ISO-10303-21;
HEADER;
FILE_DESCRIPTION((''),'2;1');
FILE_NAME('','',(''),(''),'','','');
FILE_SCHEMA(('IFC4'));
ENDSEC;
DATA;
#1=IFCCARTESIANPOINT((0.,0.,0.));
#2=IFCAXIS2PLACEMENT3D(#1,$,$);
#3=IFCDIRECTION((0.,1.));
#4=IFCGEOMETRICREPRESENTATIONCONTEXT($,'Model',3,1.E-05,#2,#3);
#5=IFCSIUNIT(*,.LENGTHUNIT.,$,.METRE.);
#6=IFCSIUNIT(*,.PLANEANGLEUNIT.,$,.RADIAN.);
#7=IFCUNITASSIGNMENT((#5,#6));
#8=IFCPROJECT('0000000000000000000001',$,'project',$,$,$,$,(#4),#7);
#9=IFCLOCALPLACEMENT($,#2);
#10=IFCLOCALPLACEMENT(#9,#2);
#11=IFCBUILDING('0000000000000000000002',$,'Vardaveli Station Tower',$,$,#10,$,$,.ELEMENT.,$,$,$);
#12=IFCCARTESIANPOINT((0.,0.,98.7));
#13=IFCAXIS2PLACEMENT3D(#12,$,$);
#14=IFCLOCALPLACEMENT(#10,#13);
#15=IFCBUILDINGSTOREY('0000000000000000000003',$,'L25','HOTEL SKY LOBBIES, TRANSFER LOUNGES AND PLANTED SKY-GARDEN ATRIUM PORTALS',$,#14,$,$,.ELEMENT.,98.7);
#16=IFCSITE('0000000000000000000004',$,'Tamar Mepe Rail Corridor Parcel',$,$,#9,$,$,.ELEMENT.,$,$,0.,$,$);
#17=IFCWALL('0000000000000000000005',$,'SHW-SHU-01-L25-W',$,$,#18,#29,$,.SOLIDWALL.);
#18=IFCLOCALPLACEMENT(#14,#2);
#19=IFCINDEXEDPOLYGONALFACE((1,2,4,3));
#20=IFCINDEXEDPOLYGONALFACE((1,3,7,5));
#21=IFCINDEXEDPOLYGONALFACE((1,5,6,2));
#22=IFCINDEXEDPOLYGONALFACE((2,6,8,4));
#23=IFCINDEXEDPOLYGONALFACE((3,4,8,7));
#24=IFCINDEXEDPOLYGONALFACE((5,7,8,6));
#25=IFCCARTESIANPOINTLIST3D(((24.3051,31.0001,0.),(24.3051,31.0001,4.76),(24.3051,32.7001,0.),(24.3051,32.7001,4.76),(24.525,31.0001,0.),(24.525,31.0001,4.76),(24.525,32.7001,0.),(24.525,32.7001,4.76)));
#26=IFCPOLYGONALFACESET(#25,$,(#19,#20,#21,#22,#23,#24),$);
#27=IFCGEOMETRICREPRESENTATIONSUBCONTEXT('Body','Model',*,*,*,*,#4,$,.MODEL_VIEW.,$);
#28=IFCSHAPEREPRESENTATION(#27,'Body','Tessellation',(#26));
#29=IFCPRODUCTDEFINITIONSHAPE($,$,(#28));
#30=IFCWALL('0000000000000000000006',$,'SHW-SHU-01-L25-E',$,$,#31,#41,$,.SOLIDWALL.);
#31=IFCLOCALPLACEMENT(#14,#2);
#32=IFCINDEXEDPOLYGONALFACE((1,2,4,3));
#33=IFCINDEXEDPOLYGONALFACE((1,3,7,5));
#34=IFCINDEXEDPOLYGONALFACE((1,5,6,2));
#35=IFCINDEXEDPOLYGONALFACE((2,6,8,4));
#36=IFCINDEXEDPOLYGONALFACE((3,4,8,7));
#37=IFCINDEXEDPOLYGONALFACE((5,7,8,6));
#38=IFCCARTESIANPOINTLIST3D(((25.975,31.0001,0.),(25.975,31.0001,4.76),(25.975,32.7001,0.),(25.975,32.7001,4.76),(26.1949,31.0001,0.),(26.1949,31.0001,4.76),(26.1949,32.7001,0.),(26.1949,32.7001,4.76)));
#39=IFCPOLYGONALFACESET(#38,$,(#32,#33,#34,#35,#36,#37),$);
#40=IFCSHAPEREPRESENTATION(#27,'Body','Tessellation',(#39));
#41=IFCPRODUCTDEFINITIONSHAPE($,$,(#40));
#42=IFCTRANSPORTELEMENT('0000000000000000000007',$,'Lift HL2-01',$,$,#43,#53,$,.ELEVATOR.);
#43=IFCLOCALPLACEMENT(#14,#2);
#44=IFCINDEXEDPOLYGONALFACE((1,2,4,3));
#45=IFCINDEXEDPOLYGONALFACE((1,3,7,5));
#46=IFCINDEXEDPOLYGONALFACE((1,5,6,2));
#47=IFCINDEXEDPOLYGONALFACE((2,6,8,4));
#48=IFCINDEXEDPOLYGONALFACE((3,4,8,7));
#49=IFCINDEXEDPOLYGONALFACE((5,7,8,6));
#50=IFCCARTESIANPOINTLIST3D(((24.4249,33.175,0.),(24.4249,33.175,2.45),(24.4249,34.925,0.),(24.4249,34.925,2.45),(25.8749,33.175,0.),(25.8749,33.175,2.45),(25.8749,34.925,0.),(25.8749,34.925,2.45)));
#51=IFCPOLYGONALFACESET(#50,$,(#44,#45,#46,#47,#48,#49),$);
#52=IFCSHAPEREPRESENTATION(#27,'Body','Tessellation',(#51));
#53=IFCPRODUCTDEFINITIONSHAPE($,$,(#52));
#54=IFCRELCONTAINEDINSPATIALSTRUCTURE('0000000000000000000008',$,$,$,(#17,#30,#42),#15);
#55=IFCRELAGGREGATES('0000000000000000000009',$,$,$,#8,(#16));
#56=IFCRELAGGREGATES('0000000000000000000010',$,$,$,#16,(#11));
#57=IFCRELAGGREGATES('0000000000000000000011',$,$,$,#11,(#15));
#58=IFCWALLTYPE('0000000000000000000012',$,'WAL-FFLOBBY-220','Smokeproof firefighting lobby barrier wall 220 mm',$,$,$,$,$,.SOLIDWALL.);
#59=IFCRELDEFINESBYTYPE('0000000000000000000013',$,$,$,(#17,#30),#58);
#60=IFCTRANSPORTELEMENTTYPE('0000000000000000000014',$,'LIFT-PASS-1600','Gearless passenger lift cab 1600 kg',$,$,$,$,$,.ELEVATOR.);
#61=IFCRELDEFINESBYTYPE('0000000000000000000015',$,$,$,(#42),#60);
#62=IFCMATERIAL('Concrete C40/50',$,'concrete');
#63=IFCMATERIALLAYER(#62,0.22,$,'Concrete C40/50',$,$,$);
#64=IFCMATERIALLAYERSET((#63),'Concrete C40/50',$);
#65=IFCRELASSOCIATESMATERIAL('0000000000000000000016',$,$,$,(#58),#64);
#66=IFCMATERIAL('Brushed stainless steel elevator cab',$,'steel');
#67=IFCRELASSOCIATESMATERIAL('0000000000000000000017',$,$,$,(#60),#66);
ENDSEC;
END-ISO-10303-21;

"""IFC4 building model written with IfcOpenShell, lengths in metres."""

from ifc_helpers import new_model, si_unit, direction, frame, frame_2d, origin, origin_2d, place, context, subcontext, project, spatial, rectangle, extrude, source, transform, mapped, material, layer, layer_set, type_object, element, save


model = new_model("IFC4")

# Units and contexts
model_context = context("Model", 3, precision=1e-05, world=origin(), true_north=direction((0.0, 1.0)))
body_context = subcontext(model_context, "Body", "Model", "MODEL_VIEW")
ifc_project = project(units=[si_unit("LENGTHUNIT", "METRE"), si_unit("PLANEANGLEUNIT", "RADIAN")], contexts=[model_context])

# Site, building, storey
site_placement = place(None, origin())
site = spatial("IfcSite", under=ifc_project, at=site_placement, Name="Tamar Mepe Rail Corridor Parcel", CompositionType="ELEMENT", RefElevation=0.0)
building_placement = place(site_placement, origin())
building = spatial("IfcBuilding", under=site, at=building_placement, Name="Vardaveli Station Tower", CompositionType="ELEMENT")
storey_placement = place(building_placement, frame((0.0, 0.0, 98.7)))
storey = spatial("IfcBuildingStorey", under=building, at=storey_placement, Name="L25", Description="HOTEL SKY LOBBIES, TRANSFER LOUNGES AND PLANTED SKY-GARDEN ATRIUM PORTALS", CompositionType="ELEMENT", Elevation=98.7)

# Shared definitions
ifc_material_1 = material(Name="Concrete C40/50", Category="concrete")
ifc_layer = layer(ifc_material_1, 0.22, Name="Concrete C40/50")
ifc_layer_set = layer_set([ifc_layer], Name="Concrete C40/50")
wall_type = type_object("IfcWallType", Name="WAL-FFLOBBY-220", Description="Smokeproof firefighting lobby barrier wall 220 mm", PredefinedType="SOLIDWALL", material=ifc_layer_set)

# Walls
shared_shape_1 = source(origin(), body_context, "Body", "SweptSolid", [
    extrude(rectangle(XDim=1.7, YDim=0.22, at=frame_2d((0.8501, 0.0))), origin(), (0.0, 0.0, 1.0), 4.76),
])
for number, where, z_axis, x_axis, name in (
    (1, (24.415, 31.0, 0.0), (0.0, 0.0, 1.0), (0.0, 1.0, 0.0), "SHW-SHU-01-L25-W"),
    (2, (26.085, 31.0, 0.0), (0.0, 0.0, 1.0), (0.0, 1.0, 0.0), "SHW-SHU-01-L25-E"),
):
    element("IfcWall", number, at=place(storey_placement, frame(where, z_axis=z_axis, x_axis=x_axis)), inside=storey, type_object=wall_type, Name=name, PredefinedType="SOLIDWALL", context=body_context, shape_type="MappedRepresentation", body=[
        mapped(shared_shape_1, transform((0.0, 0.0, 0.0), scale=1.0)),
    ])

# Transport element
ifc_material_2 = material(Name="Brushed stainless steel elevator cab", Category="steel")
transport_element_type = type_object("IfcTransportElementType", Name="LIFT-PASS-1600", Description="Gearless passenger lift cab 1600 kg", PredefinedType="ELEVATOR", material=ifc_material_2)
shared_shape_2 = source(origin(), body_context, "Body", "SweptSolid", [
    extrude(rectangle(XDim=1.45, YDim=1.75, at=origin_2d()), origin(), (0.0, 0.0, 1.0), 2.45),
])
transport_element_placement = place(storey_placement, frame((25.1499, 34.05, 0.0), z_axis=(0.0, 0.0, 1.0), x_axis=(1.0, 0.0, 0.0)))
element("IfcTransportElement", 3, at=transport_element_placement, inside=storey, type_object=transport_element_type, Name="Lift HL2-01", PredefinedType="ELEVATOR", context=body_context, shape_type="MappedRepresentation", body=[
    mapped(shared_shape_2, transform((0.0, 0.0, 0.0), scale=1.0)),
])

save(model, "model.ifc")
